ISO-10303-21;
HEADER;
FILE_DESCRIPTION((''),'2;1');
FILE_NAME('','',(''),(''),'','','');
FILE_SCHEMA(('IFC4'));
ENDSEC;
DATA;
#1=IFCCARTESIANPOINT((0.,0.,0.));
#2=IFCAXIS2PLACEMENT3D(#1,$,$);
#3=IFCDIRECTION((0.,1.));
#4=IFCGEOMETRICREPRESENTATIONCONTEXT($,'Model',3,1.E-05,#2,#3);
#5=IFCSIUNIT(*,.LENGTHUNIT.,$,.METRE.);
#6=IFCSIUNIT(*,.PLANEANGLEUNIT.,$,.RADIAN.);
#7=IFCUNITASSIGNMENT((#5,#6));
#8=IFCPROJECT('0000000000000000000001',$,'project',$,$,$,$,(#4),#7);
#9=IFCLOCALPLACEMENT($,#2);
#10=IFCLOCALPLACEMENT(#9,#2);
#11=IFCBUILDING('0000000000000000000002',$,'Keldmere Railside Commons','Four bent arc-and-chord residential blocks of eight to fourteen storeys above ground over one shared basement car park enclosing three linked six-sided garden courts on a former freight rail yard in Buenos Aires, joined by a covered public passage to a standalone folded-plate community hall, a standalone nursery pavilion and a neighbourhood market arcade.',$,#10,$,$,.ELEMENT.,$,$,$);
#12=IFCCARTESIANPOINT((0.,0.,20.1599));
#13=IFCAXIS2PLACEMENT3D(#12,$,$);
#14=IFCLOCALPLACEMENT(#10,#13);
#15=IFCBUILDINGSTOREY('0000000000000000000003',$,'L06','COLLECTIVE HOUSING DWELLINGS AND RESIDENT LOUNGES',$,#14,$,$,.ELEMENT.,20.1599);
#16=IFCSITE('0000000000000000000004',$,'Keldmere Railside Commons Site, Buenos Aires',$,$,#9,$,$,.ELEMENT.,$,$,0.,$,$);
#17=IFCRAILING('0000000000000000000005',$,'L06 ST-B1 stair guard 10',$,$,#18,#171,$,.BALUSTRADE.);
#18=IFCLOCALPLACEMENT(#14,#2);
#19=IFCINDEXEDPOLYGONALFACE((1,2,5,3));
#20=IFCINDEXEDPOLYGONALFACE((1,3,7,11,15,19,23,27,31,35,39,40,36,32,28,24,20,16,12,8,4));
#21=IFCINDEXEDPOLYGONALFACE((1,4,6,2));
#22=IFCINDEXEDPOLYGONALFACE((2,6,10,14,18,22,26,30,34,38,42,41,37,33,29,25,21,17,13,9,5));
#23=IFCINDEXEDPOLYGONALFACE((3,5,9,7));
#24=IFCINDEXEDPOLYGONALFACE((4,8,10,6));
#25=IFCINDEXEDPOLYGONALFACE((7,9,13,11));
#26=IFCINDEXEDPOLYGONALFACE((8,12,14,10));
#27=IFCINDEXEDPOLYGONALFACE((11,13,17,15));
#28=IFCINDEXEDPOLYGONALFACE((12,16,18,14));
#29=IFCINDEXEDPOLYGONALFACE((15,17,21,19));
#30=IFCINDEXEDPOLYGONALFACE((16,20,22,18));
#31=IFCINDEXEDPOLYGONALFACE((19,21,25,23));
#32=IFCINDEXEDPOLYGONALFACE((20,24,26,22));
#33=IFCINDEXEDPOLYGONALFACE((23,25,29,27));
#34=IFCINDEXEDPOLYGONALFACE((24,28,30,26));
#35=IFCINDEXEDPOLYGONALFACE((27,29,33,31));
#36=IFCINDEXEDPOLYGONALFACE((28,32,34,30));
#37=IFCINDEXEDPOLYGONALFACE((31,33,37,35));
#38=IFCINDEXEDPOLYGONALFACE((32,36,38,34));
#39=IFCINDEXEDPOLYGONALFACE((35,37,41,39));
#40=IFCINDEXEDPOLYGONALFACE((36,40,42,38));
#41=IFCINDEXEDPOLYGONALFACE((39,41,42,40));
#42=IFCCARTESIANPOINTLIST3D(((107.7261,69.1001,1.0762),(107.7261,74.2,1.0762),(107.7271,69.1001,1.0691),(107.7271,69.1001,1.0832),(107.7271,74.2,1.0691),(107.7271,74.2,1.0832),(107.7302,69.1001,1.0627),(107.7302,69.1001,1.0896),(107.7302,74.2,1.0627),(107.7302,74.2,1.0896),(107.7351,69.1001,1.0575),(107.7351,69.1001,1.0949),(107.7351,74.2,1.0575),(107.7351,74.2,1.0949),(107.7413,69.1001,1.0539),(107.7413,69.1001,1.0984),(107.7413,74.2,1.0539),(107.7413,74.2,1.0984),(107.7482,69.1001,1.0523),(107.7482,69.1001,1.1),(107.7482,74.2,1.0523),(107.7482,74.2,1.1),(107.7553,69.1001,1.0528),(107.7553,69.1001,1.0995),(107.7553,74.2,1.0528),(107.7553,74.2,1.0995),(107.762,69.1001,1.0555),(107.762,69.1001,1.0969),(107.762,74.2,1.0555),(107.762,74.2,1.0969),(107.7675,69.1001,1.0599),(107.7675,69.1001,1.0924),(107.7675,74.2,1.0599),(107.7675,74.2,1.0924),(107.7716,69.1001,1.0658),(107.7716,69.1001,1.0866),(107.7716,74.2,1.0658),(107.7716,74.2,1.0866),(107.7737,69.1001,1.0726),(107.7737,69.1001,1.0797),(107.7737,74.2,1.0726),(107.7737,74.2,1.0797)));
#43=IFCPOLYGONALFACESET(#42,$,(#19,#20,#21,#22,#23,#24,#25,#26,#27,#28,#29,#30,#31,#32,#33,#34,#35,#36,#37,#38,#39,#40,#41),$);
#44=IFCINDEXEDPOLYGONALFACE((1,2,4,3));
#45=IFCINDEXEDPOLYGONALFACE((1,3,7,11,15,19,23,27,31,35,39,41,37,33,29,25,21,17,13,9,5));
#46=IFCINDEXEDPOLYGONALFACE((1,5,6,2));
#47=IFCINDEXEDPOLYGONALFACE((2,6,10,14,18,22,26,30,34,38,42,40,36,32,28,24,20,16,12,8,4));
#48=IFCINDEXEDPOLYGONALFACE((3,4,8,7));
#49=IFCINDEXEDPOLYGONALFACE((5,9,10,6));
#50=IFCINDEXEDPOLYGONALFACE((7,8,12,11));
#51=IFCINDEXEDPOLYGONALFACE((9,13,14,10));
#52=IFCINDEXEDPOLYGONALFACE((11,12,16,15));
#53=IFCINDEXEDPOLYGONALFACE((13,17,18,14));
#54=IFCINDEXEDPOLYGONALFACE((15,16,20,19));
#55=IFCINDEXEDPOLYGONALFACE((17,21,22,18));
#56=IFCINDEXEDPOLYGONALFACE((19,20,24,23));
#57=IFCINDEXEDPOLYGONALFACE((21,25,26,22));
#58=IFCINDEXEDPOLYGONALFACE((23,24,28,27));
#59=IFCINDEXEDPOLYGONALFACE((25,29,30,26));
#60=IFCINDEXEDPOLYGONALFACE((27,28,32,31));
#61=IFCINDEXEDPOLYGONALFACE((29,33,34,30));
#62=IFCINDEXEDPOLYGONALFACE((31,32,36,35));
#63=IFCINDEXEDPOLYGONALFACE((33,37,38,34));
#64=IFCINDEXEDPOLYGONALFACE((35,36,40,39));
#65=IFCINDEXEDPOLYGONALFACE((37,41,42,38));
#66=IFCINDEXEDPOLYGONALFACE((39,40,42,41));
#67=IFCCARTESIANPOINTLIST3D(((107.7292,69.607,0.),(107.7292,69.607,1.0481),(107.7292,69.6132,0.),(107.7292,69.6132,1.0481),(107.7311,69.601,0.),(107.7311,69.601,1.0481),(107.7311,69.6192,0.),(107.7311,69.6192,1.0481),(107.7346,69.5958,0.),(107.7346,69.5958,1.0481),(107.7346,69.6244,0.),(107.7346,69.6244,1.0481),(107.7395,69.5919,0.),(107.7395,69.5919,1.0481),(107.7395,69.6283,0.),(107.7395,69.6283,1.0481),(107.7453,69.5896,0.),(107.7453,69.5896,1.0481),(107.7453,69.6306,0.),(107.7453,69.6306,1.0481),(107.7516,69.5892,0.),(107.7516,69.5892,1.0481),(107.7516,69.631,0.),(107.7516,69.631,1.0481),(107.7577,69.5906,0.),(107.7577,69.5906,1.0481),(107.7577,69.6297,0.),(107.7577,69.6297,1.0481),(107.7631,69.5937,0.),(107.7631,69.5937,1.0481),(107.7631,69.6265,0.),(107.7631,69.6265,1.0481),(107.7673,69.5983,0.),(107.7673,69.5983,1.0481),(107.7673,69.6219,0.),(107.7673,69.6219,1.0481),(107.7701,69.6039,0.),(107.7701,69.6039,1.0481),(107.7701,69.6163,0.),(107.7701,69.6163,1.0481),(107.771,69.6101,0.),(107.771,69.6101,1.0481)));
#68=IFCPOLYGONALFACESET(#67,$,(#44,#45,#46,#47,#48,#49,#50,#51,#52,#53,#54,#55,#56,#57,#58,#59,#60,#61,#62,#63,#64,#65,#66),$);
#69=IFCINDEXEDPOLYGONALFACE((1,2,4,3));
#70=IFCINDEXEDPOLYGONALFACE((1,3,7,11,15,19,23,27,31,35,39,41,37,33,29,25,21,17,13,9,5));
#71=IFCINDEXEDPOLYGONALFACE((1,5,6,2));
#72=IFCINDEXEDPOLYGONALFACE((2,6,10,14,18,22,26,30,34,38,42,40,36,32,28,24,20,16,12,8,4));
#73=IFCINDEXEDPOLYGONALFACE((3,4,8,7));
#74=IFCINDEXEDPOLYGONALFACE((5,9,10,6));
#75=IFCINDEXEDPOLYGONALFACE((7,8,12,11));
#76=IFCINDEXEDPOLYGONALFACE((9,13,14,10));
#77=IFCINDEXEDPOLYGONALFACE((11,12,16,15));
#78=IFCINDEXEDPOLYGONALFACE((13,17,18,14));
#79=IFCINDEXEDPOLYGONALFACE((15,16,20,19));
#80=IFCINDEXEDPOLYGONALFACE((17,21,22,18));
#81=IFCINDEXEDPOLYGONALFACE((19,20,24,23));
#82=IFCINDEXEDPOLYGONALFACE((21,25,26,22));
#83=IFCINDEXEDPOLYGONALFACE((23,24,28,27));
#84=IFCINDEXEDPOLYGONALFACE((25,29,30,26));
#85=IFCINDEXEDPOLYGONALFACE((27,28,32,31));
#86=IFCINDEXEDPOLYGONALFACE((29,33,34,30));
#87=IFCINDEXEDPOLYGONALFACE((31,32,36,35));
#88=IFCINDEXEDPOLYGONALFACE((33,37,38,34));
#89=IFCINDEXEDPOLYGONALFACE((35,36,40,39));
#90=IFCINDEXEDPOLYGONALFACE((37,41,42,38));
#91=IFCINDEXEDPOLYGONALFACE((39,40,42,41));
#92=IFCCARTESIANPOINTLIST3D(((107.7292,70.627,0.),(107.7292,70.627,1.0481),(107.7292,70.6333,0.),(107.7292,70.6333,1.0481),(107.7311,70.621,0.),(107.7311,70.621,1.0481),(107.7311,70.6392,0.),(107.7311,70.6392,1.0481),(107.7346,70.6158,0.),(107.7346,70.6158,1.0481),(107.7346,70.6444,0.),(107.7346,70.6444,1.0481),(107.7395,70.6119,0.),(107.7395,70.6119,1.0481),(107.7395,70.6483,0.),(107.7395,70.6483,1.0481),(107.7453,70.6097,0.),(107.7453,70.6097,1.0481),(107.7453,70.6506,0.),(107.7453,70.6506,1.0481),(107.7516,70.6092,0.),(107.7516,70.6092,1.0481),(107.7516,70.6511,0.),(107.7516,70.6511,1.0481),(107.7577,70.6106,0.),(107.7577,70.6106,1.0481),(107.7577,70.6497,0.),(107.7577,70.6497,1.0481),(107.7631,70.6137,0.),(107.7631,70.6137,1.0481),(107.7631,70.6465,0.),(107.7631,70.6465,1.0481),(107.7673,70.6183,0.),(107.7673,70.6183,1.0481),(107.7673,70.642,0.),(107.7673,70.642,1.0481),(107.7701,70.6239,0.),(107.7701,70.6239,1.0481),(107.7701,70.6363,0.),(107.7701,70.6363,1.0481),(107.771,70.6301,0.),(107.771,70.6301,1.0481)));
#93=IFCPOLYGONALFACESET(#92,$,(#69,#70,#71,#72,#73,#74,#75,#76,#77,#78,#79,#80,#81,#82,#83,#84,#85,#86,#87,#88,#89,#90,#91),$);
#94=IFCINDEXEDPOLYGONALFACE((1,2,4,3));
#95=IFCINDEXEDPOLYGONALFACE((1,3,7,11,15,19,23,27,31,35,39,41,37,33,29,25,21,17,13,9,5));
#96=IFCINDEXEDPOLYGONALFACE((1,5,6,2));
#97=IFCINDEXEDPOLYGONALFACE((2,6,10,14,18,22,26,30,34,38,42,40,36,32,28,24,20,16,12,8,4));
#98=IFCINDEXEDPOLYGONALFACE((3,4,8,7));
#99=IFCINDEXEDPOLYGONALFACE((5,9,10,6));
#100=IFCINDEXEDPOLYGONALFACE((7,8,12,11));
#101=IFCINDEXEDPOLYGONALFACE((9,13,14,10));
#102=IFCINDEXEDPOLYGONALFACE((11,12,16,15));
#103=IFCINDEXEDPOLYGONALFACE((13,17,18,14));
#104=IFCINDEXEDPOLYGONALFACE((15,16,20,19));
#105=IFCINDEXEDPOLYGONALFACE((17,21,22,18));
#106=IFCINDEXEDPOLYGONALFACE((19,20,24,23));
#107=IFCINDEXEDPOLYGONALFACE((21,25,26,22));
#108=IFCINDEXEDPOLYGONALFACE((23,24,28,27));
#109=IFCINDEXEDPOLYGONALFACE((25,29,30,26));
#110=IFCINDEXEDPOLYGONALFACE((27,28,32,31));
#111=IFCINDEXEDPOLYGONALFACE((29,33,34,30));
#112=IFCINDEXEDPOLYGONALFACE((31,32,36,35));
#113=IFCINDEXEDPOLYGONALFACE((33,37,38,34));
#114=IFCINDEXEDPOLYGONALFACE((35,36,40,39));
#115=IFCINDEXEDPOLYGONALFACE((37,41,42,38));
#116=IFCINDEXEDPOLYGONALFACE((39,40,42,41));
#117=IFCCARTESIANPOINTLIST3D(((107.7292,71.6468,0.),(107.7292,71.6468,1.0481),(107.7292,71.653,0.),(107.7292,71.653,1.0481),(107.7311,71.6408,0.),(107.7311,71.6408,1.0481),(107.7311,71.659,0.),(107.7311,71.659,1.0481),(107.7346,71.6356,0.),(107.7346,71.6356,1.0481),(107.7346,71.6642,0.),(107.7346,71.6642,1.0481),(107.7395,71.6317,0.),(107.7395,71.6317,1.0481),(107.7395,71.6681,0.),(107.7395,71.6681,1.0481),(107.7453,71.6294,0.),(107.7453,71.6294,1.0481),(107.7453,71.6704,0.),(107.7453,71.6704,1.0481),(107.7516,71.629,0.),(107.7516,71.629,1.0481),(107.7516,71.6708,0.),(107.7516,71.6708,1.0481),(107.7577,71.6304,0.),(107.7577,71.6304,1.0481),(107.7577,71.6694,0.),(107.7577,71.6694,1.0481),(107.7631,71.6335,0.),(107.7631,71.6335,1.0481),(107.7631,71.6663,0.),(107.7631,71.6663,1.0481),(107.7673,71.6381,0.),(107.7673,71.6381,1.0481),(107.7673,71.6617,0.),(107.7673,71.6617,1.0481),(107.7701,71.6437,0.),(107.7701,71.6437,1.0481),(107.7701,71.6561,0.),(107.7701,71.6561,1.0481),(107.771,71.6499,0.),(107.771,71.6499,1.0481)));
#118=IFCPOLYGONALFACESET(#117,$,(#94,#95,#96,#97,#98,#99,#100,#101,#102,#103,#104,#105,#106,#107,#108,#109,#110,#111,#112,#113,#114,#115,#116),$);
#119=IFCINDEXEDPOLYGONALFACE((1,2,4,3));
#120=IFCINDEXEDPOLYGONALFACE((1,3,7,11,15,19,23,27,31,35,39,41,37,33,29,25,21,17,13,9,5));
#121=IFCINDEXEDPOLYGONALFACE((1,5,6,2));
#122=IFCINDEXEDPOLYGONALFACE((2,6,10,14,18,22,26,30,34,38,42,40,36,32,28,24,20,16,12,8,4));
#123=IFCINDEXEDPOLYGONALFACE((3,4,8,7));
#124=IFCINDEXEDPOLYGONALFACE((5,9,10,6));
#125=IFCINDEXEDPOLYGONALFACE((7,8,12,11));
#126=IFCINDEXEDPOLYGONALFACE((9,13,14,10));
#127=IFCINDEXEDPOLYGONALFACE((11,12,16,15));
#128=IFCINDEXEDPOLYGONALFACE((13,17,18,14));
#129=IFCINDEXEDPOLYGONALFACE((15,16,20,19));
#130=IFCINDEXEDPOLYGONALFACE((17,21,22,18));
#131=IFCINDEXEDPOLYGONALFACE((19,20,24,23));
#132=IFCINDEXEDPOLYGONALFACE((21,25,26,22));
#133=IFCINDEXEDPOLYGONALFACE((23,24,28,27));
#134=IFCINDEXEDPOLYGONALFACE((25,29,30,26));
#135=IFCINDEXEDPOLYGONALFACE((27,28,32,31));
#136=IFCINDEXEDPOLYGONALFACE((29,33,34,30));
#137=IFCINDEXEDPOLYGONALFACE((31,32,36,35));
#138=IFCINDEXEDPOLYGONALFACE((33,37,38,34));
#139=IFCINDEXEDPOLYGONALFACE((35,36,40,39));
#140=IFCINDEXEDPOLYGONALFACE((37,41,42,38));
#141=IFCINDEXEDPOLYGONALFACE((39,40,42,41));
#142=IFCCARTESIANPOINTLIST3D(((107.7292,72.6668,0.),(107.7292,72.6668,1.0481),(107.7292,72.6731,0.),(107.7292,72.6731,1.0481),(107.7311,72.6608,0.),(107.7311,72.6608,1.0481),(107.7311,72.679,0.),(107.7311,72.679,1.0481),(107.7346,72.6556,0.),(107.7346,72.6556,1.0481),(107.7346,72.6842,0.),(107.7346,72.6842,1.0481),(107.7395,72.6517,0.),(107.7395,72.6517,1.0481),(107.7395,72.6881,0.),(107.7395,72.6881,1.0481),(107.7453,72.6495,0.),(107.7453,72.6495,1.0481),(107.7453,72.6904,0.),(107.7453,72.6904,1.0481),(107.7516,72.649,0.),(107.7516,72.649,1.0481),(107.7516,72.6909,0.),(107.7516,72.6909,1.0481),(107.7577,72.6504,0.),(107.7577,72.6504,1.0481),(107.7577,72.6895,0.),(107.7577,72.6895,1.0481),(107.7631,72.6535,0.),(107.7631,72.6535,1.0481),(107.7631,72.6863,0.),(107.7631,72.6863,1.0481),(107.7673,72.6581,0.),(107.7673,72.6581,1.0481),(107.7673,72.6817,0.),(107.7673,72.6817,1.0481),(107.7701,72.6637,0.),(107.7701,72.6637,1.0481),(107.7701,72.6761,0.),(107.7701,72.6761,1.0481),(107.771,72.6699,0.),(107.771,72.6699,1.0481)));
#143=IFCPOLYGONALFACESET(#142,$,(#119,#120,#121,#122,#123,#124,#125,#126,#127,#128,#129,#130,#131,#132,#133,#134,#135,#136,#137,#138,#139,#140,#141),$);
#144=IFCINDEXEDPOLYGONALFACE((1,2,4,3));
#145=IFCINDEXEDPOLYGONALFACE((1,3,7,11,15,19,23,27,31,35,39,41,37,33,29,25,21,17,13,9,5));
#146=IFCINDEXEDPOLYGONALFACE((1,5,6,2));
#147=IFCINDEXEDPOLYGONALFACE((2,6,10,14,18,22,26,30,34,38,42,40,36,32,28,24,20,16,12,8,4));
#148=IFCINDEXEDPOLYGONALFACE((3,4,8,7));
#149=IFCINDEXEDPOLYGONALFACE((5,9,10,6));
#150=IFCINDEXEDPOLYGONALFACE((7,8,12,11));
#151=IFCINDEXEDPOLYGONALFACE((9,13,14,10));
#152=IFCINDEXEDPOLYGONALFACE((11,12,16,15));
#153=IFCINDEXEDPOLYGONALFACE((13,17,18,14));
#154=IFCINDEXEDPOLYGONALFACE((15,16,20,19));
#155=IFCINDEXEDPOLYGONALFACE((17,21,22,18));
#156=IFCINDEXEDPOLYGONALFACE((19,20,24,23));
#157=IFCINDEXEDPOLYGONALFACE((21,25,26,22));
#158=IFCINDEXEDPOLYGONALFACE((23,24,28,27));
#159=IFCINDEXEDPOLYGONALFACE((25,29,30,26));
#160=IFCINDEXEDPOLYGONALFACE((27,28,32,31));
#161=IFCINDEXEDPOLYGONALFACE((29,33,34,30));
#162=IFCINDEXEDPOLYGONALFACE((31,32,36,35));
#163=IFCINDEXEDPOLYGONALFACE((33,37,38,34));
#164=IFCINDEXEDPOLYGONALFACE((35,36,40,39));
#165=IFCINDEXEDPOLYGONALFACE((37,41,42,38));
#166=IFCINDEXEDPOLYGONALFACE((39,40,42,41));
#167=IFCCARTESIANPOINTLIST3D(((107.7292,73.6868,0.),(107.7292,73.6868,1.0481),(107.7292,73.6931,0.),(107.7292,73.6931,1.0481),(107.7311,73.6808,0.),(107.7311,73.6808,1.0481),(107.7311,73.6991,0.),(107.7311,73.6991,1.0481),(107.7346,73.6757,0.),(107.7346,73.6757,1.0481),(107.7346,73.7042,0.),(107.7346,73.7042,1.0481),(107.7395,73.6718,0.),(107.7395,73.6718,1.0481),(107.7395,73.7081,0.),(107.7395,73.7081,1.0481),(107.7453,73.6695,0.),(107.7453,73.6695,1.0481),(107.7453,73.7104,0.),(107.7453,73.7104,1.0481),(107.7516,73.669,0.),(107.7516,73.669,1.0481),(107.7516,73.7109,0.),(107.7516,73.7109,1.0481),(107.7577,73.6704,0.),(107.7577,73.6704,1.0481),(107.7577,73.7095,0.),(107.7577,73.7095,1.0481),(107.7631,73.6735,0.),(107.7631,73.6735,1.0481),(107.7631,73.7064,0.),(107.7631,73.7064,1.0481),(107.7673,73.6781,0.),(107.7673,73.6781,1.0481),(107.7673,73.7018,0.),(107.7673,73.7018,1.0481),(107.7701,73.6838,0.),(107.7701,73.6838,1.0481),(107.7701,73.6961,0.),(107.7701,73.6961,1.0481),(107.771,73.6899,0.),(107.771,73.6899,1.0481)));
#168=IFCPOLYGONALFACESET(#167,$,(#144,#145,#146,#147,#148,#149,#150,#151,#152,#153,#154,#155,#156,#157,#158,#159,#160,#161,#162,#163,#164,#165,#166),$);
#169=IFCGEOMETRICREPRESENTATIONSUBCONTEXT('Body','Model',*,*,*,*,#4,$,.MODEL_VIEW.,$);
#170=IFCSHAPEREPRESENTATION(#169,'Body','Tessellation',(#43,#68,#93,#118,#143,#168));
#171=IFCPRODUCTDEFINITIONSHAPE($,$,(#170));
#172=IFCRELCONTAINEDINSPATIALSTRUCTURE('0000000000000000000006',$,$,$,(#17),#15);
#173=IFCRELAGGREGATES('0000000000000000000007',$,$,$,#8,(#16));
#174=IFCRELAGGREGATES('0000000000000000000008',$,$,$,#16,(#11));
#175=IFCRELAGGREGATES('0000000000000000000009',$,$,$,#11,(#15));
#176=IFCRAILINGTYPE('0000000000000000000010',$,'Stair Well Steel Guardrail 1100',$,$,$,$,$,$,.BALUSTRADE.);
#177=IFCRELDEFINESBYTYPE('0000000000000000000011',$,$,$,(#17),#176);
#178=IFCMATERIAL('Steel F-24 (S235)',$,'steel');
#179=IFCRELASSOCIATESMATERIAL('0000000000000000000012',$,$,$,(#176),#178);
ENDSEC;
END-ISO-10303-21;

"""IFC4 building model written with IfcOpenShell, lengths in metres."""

from ifc_helpers import new_model, si_unit, direction, frame, origin, origin_2d, place, context, subcontext, project, spatial, circle, extrude, material, type_object, element, save


model = new_model("IFC4")

# Units and contexts
model_context = context("Model", 3, precision=1e-05, world=origin(), true_north=direction((0.0, 1.0)))
body_context = subcontext(model_context, "Body", "Model", "MODEL_VIEW")
ifc_project = project(units=[si_unit("LENGTHUNIT", "METRE"), si_unit("PLANEANGLEUNIT", "RADIAN")], contexts=[model_context])

# Site, building, storey
site_placement = place(None, origin())
site = spatial("IfcSite", under=ifc_project, at=site_placement, Name="Keldmere Railside Commons Site, Buenos Aires", CompositionType="ELEMENT", RefElevation=0.0)
building_placement = place(site_placement, origin())
building = spatial("IfcBuilding", under=site, at=building_placement, Name="Keldmere Railside Commons", Description="Four bent arc-and-chord residential blocks of eight to fourteen storeys above ground over one shared basement car park enclosing three linked six-sided garden courts on a former freight rail yard in Buenos Aires, joined by a covered public passage to a standalone folded-plate community hall, a standalone nursery pavilion and a neighbourhood market arcade.", CompositionType="ELEMENT")
storey_placement = place(building_placement, frame((0.0, 0.0, 20.1599)))
storey = spatial("IfcBuildingStorey", under=building, at=storey_placement, Name="L06", Description="COLLECTIVE HOUSING DWELLINGS AND RESIDENT LOUNGES", CompositionType="ELEMENT", Elevation=20.1599)

# Railing
ifc_material_1 = material(Name="Steel F-24 (S235)", Category="steel")
railing_type_1 = type_object("IfcRailingType", Name="Stair Well Steel Guardrail 1100", PredefinedType="BALUSTRADE", material=ifc_material_1)
railing_1_placement = place(storey_placement, frame((107.75, 69.1001, 0.0)))
element("IfcRailing", 1, at=railing_1_placement, inside=storey, type_object=railing_type_1, Name="L06 ST-B1 stair guard 10", PredefinedType="BALUSTRADE", context=body_context, shape_type="SweptSolid", body=[
    extrude(circle(Radius=0.0239, at=origin_2d()), frame((0.0, 0.0, 1.0762), z_axis=(0.0, 1.0, 0.0), x_axis=(-1.0, 0.0, 0.0)), (0.0, 0.0, 1.0), 5.0999),
    extrude(circle(Radius=0.021, at=origin_2d()), frame((0.0, 0.51, 0.0)), (0.0, 0.0, 1.0), 1.0481),
    extrude(circle(Radius=0.021, at=origin_2d()), frame((0.0, 1.53, 0.0)), (0.0, 0.0, 1.0), 1.0481),
    extrude(circle(Radius=0.021, at=origin_2d()), frame((0.0, 2.5498, 0.0)), (0.0, 0.0, 1.0), 1.0481),
    extrude(circle(Radius=0.021, at=origin_2d()), frame((0.0, 3.5698, 0.0)), (0.0, 0.0, 1.0), 1.0481),
    extrude(circle(Radius=0.021, at=origin_2d()), frame((0.0, 4.5898, 0.0)), (0.0, 0.0, 1.0), 1.0481),
])

save(model, "model.ifc")
